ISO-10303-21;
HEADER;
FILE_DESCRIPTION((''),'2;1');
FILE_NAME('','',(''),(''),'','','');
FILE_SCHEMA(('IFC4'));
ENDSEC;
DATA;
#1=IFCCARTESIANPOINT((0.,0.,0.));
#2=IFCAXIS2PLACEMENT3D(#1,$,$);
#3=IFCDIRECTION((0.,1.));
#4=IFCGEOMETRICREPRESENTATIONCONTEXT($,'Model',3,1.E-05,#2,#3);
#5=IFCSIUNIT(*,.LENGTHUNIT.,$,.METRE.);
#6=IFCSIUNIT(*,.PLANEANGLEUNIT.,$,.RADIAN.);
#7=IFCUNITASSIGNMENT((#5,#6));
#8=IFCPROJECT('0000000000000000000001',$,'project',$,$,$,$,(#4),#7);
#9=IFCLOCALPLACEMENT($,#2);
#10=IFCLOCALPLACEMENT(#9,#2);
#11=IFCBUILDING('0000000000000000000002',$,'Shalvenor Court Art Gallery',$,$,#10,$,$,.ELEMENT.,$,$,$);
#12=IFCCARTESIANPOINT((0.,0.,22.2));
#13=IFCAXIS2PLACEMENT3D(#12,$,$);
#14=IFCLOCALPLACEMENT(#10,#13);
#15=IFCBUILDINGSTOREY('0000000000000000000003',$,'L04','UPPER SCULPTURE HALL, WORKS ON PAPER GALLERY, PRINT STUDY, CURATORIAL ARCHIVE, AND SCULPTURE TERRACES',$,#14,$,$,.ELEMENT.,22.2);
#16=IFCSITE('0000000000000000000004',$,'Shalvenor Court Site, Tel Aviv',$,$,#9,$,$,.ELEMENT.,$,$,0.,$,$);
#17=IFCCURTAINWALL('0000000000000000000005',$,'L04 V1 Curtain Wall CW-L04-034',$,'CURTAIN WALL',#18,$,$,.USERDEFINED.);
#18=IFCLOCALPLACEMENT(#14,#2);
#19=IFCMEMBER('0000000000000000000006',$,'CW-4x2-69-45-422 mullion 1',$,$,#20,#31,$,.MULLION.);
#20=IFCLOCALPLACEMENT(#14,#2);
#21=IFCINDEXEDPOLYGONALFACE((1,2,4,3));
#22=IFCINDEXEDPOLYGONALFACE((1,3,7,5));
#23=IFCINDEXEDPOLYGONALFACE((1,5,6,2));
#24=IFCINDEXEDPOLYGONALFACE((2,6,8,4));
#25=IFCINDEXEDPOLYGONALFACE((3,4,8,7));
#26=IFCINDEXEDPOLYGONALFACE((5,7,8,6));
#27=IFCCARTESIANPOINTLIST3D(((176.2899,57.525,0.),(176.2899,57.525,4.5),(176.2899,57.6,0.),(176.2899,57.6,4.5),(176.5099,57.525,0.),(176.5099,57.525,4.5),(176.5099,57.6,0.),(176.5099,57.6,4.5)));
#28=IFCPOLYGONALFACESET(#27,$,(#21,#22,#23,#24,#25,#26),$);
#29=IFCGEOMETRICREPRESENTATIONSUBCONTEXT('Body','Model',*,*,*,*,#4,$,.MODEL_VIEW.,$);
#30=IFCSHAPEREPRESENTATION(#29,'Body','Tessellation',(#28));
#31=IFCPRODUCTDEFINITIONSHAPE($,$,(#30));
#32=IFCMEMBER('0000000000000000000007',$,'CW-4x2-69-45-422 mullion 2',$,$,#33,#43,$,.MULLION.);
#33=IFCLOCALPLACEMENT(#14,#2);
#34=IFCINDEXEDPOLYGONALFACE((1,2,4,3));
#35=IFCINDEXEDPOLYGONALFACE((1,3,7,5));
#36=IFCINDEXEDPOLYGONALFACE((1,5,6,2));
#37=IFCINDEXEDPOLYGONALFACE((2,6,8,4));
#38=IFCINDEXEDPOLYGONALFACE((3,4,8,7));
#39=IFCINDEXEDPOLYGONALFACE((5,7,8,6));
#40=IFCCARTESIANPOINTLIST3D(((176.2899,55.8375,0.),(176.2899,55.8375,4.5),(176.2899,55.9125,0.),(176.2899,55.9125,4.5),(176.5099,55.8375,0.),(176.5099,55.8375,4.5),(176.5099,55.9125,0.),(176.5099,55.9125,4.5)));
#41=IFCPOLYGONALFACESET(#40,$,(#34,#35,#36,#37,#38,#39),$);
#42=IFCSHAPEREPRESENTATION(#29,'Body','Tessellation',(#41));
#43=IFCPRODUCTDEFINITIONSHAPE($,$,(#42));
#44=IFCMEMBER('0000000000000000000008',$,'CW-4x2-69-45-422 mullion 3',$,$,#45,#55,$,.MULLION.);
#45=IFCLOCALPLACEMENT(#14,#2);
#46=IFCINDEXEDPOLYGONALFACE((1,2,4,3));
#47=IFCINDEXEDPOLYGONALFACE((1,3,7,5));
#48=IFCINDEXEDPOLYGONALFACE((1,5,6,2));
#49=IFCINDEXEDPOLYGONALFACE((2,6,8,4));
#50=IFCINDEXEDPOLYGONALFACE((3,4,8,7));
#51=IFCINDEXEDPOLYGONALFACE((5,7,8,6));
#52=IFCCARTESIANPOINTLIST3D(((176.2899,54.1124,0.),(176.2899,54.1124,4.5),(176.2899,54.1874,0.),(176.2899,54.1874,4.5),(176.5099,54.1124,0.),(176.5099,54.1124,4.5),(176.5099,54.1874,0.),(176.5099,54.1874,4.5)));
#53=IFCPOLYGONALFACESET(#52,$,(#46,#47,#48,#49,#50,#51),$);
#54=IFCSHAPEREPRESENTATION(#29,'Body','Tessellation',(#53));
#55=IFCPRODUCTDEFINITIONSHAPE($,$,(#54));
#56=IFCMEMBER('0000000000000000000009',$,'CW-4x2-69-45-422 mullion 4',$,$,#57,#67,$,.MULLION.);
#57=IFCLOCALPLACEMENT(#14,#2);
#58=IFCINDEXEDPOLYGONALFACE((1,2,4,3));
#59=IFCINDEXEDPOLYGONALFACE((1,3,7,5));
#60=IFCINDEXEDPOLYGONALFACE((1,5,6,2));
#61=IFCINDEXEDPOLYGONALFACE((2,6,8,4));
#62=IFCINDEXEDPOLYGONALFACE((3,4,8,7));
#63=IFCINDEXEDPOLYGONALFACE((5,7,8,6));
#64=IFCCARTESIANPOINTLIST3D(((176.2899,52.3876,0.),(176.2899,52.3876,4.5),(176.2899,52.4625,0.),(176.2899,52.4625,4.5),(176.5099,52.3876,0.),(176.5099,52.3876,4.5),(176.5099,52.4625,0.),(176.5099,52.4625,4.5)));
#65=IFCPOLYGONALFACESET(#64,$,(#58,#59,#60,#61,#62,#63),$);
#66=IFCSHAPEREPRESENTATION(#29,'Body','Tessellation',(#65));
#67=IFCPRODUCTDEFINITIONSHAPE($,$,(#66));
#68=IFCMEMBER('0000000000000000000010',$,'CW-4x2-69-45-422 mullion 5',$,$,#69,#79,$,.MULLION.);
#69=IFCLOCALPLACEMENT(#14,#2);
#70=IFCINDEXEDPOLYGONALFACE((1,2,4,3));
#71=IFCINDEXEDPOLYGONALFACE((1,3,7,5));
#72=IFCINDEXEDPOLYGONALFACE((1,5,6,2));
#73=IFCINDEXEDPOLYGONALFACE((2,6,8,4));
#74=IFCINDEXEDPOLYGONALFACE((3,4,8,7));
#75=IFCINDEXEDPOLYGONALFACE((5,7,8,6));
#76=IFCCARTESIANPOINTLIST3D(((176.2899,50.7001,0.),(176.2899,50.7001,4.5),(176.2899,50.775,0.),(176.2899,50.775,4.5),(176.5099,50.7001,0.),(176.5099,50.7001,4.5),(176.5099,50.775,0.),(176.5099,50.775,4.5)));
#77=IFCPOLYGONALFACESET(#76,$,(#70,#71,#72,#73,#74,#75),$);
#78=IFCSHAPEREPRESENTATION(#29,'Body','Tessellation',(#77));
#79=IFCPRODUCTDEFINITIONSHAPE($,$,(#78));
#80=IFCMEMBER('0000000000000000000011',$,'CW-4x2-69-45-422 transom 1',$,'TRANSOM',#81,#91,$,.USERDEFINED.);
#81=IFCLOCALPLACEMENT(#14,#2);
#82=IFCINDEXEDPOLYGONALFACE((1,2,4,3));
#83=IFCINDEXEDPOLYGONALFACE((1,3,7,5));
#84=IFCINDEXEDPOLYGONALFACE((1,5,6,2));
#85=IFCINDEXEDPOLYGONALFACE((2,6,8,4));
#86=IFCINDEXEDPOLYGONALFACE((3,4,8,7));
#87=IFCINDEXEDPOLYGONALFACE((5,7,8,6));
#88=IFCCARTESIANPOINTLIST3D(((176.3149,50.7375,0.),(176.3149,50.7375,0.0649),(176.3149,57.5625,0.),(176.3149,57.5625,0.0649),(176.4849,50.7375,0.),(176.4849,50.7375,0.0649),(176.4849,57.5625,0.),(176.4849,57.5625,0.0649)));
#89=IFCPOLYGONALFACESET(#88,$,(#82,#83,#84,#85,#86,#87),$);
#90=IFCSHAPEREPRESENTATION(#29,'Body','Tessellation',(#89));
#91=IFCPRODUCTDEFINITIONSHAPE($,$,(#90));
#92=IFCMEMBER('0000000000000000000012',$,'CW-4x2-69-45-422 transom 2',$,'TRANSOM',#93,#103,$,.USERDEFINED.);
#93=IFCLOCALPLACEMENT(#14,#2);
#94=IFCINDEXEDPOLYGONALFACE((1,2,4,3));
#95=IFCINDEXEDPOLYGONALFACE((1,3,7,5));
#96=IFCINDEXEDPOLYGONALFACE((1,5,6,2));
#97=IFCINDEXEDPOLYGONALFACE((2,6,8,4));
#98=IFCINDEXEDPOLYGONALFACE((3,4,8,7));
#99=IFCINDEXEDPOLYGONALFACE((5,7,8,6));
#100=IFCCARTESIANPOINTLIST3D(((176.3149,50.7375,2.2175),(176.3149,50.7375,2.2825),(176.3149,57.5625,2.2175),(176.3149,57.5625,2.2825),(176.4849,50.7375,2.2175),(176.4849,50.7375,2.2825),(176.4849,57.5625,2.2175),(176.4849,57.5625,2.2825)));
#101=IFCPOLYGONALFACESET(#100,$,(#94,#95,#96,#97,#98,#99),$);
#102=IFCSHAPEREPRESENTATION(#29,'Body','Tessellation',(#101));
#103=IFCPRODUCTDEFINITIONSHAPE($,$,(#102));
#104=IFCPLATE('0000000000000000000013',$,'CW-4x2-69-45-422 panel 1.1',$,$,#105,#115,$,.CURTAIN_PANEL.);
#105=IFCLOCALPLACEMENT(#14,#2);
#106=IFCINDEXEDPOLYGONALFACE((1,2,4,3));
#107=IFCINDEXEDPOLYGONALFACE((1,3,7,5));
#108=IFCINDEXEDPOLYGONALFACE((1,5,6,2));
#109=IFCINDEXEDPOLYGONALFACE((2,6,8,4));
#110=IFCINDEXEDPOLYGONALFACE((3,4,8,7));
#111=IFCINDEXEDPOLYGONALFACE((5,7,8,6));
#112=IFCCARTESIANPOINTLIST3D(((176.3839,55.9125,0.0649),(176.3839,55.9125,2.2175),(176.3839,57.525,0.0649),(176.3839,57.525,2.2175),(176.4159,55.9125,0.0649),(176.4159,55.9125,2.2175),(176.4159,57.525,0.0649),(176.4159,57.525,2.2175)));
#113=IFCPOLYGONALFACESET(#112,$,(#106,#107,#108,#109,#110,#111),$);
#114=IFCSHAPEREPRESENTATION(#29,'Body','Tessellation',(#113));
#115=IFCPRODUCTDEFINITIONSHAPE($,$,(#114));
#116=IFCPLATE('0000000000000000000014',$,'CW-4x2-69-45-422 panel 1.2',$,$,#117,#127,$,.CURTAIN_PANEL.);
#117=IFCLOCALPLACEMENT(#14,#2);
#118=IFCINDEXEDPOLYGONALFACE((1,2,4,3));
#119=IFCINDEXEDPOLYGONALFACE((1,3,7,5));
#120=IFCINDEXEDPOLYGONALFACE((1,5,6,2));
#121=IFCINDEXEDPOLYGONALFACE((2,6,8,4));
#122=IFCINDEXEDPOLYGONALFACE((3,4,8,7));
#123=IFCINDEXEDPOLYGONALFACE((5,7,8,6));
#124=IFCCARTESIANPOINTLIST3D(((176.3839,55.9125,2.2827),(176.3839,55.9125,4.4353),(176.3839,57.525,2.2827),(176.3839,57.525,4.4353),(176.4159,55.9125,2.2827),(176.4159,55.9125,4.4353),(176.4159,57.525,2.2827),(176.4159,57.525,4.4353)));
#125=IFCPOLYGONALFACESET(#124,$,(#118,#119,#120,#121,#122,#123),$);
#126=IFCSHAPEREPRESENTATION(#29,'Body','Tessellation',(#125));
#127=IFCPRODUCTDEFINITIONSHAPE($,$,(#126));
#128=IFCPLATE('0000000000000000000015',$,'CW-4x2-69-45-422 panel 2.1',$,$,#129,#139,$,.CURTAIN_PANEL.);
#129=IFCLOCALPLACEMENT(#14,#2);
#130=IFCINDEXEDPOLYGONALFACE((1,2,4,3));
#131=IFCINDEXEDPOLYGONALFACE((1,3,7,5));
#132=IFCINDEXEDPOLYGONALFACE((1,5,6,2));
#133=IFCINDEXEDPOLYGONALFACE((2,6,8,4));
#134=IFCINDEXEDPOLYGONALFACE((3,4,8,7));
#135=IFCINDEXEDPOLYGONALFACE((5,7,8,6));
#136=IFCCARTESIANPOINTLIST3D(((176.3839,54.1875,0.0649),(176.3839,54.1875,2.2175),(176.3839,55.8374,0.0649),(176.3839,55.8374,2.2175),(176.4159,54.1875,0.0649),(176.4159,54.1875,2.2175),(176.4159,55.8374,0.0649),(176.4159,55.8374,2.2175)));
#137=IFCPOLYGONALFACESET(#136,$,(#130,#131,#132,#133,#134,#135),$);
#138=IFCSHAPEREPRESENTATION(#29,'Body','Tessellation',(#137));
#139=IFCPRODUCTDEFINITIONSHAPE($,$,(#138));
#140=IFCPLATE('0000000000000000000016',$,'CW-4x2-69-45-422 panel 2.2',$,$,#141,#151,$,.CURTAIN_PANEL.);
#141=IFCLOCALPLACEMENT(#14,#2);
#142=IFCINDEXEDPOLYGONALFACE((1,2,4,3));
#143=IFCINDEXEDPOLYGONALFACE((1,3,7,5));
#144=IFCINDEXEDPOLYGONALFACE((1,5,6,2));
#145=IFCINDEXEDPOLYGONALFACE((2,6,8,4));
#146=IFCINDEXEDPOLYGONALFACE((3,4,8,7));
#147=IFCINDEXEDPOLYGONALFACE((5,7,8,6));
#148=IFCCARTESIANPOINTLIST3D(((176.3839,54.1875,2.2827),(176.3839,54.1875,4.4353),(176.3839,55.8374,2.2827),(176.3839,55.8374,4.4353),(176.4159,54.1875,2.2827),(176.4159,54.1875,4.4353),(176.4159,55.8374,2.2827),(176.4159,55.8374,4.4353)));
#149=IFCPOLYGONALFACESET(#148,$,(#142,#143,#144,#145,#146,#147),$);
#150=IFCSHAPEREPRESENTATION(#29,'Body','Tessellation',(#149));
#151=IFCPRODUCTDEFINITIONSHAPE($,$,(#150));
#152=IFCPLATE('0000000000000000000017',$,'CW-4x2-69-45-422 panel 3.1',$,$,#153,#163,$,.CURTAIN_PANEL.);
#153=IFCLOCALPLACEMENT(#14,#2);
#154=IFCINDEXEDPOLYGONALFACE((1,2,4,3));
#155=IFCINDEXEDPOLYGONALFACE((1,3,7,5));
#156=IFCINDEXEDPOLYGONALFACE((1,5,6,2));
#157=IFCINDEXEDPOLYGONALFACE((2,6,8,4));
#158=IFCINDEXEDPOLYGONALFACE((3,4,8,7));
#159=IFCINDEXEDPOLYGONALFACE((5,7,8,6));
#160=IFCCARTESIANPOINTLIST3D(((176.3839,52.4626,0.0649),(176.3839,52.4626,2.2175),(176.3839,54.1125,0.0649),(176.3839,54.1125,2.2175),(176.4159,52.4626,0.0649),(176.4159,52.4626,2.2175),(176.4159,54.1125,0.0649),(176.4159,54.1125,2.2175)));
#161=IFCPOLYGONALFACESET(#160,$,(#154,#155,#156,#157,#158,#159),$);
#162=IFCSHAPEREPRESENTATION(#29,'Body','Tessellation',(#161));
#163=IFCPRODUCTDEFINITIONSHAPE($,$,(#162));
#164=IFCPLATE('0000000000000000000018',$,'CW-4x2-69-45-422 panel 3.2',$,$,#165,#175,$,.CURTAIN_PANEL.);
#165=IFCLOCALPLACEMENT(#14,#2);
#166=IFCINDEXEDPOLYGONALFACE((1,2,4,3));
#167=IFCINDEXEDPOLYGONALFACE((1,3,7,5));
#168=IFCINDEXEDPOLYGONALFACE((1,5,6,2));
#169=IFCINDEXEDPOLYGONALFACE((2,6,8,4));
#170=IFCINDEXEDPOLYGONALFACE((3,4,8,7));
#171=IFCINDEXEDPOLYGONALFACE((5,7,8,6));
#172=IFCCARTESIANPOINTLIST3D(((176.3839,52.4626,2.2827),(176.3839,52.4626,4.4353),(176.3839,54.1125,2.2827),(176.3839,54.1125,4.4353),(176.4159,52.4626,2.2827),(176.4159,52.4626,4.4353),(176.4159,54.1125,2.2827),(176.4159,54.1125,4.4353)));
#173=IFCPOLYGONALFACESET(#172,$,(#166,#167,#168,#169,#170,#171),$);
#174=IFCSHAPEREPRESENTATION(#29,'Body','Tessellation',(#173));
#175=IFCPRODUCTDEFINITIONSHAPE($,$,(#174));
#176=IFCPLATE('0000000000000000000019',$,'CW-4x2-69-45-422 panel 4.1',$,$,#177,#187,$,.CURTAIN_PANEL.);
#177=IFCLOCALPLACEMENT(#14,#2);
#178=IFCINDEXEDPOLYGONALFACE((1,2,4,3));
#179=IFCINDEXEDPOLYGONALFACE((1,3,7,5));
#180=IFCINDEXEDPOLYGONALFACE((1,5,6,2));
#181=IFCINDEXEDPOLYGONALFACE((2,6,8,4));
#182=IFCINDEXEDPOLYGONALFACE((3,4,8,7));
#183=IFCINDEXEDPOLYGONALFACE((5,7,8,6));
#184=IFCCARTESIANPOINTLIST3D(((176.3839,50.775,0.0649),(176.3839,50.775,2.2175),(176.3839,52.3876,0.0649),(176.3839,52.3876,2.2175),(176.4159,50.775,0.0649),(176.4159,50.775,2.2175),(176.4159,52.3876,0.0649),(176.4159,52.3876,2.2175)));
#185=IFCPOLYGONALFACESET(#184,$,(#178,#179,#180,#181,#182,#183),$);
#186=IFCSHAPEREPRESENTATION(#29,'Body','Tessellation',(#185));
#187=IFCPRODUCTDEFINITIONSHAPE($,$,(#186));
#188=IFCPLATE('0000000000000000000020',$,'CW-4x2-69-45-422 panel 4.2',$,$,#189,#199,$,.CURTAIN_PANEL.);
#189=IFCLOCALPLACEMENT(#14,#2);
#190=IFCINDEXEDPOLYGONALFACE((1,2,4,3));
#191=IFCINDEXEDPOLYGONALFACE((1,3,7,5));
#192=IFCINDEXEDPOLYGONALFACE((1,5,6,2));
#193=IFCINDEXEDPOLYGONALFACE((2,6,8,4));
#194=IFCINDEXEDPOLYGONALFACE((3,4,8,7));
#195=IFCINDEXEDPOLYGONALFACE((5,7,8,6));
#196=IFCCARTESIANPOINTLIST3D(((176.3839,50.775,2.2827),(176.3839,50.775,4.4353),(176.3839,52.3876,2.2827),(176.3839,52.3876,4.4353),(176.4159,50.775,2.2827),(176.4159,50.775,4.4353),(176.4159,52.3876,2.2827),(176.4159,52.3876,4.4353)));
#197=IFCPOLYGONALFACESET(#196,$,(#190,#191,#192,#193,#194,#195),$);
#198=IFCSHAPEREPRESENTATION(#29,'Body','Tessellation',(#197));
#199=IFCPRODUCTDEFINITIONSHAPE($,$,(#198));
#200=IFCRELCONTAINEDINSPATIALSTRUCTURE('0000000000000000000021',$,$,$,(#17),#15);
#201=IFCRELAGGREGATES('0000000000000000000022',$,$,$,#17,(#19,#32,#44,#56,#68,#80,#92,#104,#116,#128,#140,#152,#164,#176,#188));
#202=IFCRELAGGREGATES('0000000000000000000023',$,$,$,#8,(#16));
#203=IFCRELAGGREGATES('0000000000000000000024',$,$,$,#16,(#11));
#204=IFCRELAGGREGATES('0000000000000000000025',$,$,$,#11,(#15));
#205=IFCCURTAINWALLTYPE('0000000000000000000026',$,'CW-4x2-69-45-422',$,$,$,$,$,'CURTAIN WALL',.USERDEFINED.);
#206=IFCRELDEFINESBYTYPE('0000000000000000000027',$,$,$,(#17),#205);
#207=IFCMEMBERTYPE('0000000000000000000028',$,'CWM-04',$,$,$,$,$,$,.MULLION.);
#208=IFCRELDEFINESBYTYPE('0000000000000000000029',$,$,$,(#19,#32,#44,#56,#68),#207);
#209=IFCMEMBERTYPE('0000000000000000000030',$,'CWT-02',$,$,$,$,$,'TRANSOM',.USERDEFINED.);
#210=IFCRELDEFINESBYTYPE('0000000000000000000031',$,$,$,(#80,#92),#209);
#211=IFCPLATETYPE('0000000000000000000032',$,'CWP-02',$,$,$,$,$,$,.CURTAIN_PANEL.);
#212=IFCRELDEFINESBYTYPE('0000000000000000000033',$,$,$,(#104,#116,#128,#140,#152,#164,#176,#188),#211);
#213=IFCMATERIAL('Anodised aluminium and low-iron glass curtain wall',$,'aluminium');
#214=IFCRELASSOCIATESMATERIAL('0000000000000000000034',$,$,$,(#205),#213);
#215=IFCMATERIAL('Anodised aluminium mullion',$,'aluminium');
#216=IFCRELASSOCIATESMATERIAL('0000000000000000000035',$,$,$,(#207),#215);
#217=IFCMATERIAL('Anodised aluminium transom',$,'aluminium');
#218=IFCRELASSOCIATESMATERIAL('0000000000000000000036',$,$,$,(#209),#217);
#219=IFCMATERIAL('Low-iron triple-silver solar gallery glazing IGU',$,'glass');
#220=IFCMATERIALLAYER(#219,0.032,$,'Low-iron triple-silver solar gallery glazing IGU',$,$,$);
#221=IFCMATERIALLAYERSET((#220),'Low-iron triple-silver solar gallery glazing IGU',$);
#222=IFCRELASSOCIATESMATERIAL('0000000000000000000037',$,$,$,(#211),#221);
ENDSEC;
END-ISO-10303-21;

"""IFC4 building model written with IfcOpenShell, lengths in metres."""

from ifc_helpers import new_model, si_unit, direction, frame, origin, origin_2d, place, context, subcontext, project, spatial, rectangle, extrude, material, layer, layer_set, material_profile, profile_set, type_object, element, aggregate, save


model = new_model("IFC4")

# Units and contexts
model_context = context("Model", 3, precision=1e-05, world=origin(), true_north=direction((0.0, 1.0)))
body_context = subcontext(model_context, "Body", "Model", "MODEL_VIEW")
ifc_project = project(units=[si_unit("LENGTHUNIT", "METRE"), si_unit("PLANEANGLEUNIT", "RADIAN")], contexts=[model_context])

# Site, building, storey
site_placement = place(None, origin())
site = spatial("IfcSite", under=ifc_project, at=site_placement, Name="Shalvenor Court Site, Tel Aviv", CompositionType="ELEMENT", RefElevation=0.0)
building_placement = place(site_placement, origin())
building = spatial("IfcBuilding", under=site, at=building_placement, Name="Shalvenor Court Art Gallery", CompositionType="ELEMENT")
storey_placement = place(building_placement, frame((0.0, 0.0, 22.2)))
storey = spatial("IfcBuildingStorey", under=building, at=storey_placement, Name="L04", Description="UPPER SCULPTURE HALL, WORKS ON PAPER GALLERY, PRINT STUDY, CURATORIAL ARCHIVE, AND SCULPTURE TERRACES", CompositionType="ELEMENT", Elevation=22.2)

# Curtain wall, members, plates
ifc_material_1 = material(Name="Anodised aluminium and low-iron glass curtain wall", Category="aluminium")
curtain_wall_type = type_object("IfcCurtainWallType", Name="CW-4x2-69-45-422", ElementType="CURTAIN WALL", PredefinedType="USERDEFINED", material=ifc_material_1)
curtain_wall_placement = place(storey_placement, origin())
curtain_wall = element("IfcCurtainWall", 1, at=curtain_wall_placement, inside=storey, type_object=curtain_wall_type, Name="L04 V1 Curtain Wall CW-L04-034", ObjectType="CURTAIN WALL", PredefinedType="USERDEFINED")
ifc_material_2 = material(Name="Anodised aluminium mullion", Category="aluminium")
ifc_material_profile_1 = material_profile(ifc_material_2, rectangle(XDim=0.075, YDim=0.22, at=origin_2d()), Name="CWM-04")
ifc_profile_set_1 = profile_set([ifc_material_profile_1], Name="Anodised aluminium mullion")
member_type_1 = type_object("IfcMemberType", Name="CWM-04", PredefinedType="MULLION", material=ifc_profile_set_1)
member_1_placement = place(storey_placement, frame((176.3999, 57.5625, 0.0), z_axis=(0.0, 0.0, 1.0), x_axis=(0.0, -1.0, 0.0)))
member_1 = element("IfcMember", 2, at=member_1_placement, type_object=member_type_1, Name="CW-4x2-69-45-422 mullion 1", PredefinedType="MULLION", context=body_context, shape_type="SweptSolid", body=[
    extrude(rectangle(XDim=0.075, YDim=0.22, at=origin_2d()), origin(), (0.0, 0.0, 1.0), 4.5),
])
member_2_placement = place(storey_placement, frame((176.3999, 55.875, 0.0), z_axis=(0.0, 0.0, 1.0), x_axis=(0.0, -1.0, 0.0)))
member_2 = element("IfcMember", 3, at=member_2_placement, type_object=member_type_1, Name="CW-4x2-69-45-422 mullion 2", PredefinedType="MULLION", context=body_context, shape_type="SweptSolid", body=[
    extrude(rectangle(XDim=0.075, YDim=0.22, at=origin_2d()), origin(), (0.0, 0.0, 1.0), 4.5),
])
member_3_placement = place(storey_placement, frame((176.3999, 54.1499, 0.0), z_axis=(0.0, 0.0, 1.0), x_axis=(0.0, -1.0, 0.0)))
member_3 = element("IfcMember", 4, at=member_3_placement, type_object=member_type_1, Name="CW-4x2-69-45-422 mullion 3", PredefinedType="MULLION", context=body_context, shape_type="SweptSolid", body=[
    extrude(rectangle(XDim=0.075, YDim=0.22, at=origin_2d()), origin(), (0.0, 0.0, 1.0), 4.5),
])
member_4_placement = place(storey_placement, frame((176.3999, 52.425, 0.0), z_axis=(0.0, 0.0, 1.0), x_axis=(0.0, -1.0, 0.0)))
member_4 = element("IfcMember", 5, at=member_4_placement, type_object=member_type_1, Name="CW-4x2-69-45-422 mullion 4", PredefinedType="MULLION", context=body_context, shape_type="SweptSolid", body=[
    extrude(rectangle(XDim=0.075, YDim=0.22, at=origin_2d()), origin(), (0.0, 0.0, 1.0), 4.5),
])
member_5_placement = place(storey_placement, frame((176.3999, 50.7375, 0.0), z_axis=(0.0, 0.0, 1.0), x_axis=(0.0, -1.0, 0.0)))
member_5 = element("IfcMember", 6, at=member_5_placement, type_object=member_type_1, Name="CW-4x2-69-45-422 mullion 5", PredefinedType="MULLION", context=body_context, shape_type="SweptSolid", body=[
    extrude(rectangle(XDim=0.075, YDim=0.22, at=origin_2d()), origin(), (0.0, 0.0, 1.0), 4.5),
])
ifc_material_3 = material(Name="Anodised aluminium transom", Category="aluminium")
ifc_material_profile_2 = material_profile(ifc_material_3, rectangle(XDim=0.1699, YDim=0.0649, at=origin_2d()), Name="CWT-02")
ifc_profile_set_2 = profile_set([ifc_material_profile_2], Name="Anodised aluminium transom")
member_type_2 = type_object("IfcMemberType", Name="CWT-02", ElementType="TRANSOM", PredefinedType="USERDEFINED", material=ifc_profile_set_2)
member_6_placement = place(storey_placement, frame((176.3999, 57.5625, 0.0325), z_axis=(0.0, -1.0, 0.0), x_axis=(1.0, 0.0, 0.0)))
member_6 = element("IfcMember", 7, at=member_6_placement, type_object=member_type_2, Name="CW-4x2-69-45-422 transom 1", ObjectType="TRANSOM", PredefinedType="USERDEFINED", context=body_context, shape_type="SweptSolid", body=[
    extrude(rectangle(XDim=0.1699, YDim=0.0649, at=origin_2d()), origin(), (0.0, 0.0, 1.0), 6.825),
])
member_7_placement = place(storey_placement, frame((176.3999, 57.5625, 2.25), z_axis=(0.0, -1.0, 0.0), x_axis=(1.0, 0.0, 0.0)))
member_7 = element("IfcMember", 8, at=member_7_placement, type_object=member_type_2, Name="CW-4x2-69-45-422 transom 2", ObjectType="TRANSOM", PredefinedType="USERDEFINED", context=body_context, shape_type="SweptSolid", body=[
    extrude(rectangle(XDim=0.1699, YDim=0.0649, at=origin_2d()), origin(), (0.0, 0.0, 1.0), 6.825),
])
ifc_material_4 = material(Name="Low-iron triple-silver solar gallery glazing IGU", Category="glass")
ifc_layer_1 = layer(ifc_material_4, 0.032, Name="Low-iron triple-silver solar gallery glazing IGU")
ifc_layer_set_1 = layer_set([ifc_layer_1], Name="Low-iron triple-silver solar gallery glazing IGU")
plate_type_1 = type_object("IfcPlateType", Name="CWP-02", PredefinedType="CURTAIN_PANEL", material=ifc_layer_set_1)
plate_1_placement = place(storey_placement, frame((176.3999, 56.7188, 0.0649), z_axis=(0.0, 0.0, 1.0), x_axis=(0.0, -1.0, 0.0)))
plate_1 = element("IfcPlate", 9, at=plate_1_placement, type_object=plate_type_1, Name="CW-4x2-69-45-422 panel 1.1", PredefinedType="CURTAIN_PANEL", context=body_context, shape_type="SweptSolid", body=[
    extrude(rectangle(XDim=1.6125, YDim=0.032, at=origin_2d()), origin(), (0.0, 0.0, 1.0), 2.1526),
])
plate_2_placement = place(storey_placement, frame((176.3999, 56.7188, 2.2827), z_axis=(0.0, 0.0, 1.0), x_axis=(0.0, -1.0, 0.0)))
plate_2 = element("IfcPlate", 10, at=plate_2_placement, type_object=plate_type_1, Name="CW-4x2-69-45-422 panel 1.2", PredefinedType="CURTAIN_PANEL", context=body_context, shape_type="SweptSolid", body=[
    extrude(rectangle(XDim=1.6125, YDim=0.032, at=origin_2d()), origin(), (0.0, 0.0, 1.0), 2.1526),
])
plate_3_placement = place(storey_placement, frame((176.3999, 55.0125, 0.0649), z_axis=(0.0, 0.0, 1.0), x_axis=(0.0, -1.0, 0.0)))
plate_3 = element("IfcPlate", 11, at=plate_3_placement, type_object=plate_type_1, Name="CW-4x2-69-45-422 panel 2.1", PredefinedType="CURTAIN_PANEL", context=body_context, shape_type="SweptSolid", body=[
    extrude(rectangle(XDim=1.6499, YDim=0.032, at=origin_2d()), origin(), (0.0, 0.0, 1.0), 2.1526),
])
plate_4_placement = place(storey_placement, frame((176.3999, 55.0125, 2.2827), z_axis=(0.0, 0.0, 1.0), x_axis=(0.0, -1.0, 0.0)))
plate_4 = element("IfcPlate", 12, at=plate_4_placement, type_object=plate_type_1, Name="CW-4x2-69-45-422 panel 2.2", PredefinedType="CURTAIN_PANEL", context=body_context, shape_type="SweptSolid", body=[
    extrude(rectangle(XDim=1.6499, YDim=0.032, at=origin_2d()), origin(), (0.0, 0.0, 1.0), 2.1526),
])
plate_5_placement = place(storey_placement, frame((176.3999, 53.2876, 0.0649), z_axis=(0.0, 0.0, 1.0), x_axis=(0.0, -1.0, 0.0)))
plate_5 = element("IfcPlate", 13, at=plate_5_placement, type_object=plate_type_1, Name="CW-4x2-69-45-422 panel 3.1", PredefinedType="CURTAIN_PANEL", context=body_context, shape_type="SweptSolid", body=[
    extrude(rectangle(XDim=1.6499, YDim=0.032, at=origin_2d()), origin(), (0.0, 0.0, 1.0), 2.1526),
])
plate_6_placement = place(storey_placement, frame((176.3999, 53.2876, 2.2827), z_axis=(0.0, 0.0, 1.0), x_axis=(0.0, -1.0, 0.0)))
plate_6 = element("IfcPlate", 14, at=plate_6_placement, type_object=plate_type_1, Name="CW-4x2-69-45-422 panel 3.2", PredefinedType="CURTAIN_PANEL", context=body_context, shape_type="SweptSolid", body=[
    extrude(rectangle(XDim=1.6499, YDim=0.032, at=origin_2d()), origin(), (0.0, 0.0, 1.0), 2.1526),
])
plate_7_placement = place(storey_placement, frame((176.3999, 51.5813, 0.0649), z_axis=(0.0, 0.0, 1.0), x_axis=(0.0, -1.0, 0.0)))
plate_7 = element("IfcPlate", 15, at=plate_7_placement, type_object=plate_type_1, Name="CW-4x2-69-45-422 panel 4.1", PredefinedType="CURTAIN_PANEL", context=body_context, shape_type="SweptSolid", body=[
    extrude(rectangle(XDim=1.6125, YDim=0.032, at=origin_2d()), origin(), (0.0, 0.0, 1.0), 2.1526),
])
plate_8_placement = place(storey_placement, frame((176.3999, 51.5813, 2.2827), z_axis=(0.0, 0.0, 1.0), x_axis=(0.0, -1.0, 0.0)))
plate_8 = element("IfcPlate", 16, at=plate_8_placement, type_object=plate_type_1, Name="CW-4x2-69-45-422 panel 4.2", PredefinedType="CURTAIN_PANEL", context=body_context, shape_type="SweptSolid", body=[
    extrude(rectangle(XDim=1.6125, YDim=0.032, at=origin_2d()), origin(), (0.0, 0.0, 1.0), 2.1526),
])
aggregate(curtain_wall, [member_1, member_2, member_3, member_4, member_5, member_6, member_7, plate_1, plate_2, plate_3, plate_4, plate_5, plate_6, plate_7, plate_8])

save(model, "model.ifc")
